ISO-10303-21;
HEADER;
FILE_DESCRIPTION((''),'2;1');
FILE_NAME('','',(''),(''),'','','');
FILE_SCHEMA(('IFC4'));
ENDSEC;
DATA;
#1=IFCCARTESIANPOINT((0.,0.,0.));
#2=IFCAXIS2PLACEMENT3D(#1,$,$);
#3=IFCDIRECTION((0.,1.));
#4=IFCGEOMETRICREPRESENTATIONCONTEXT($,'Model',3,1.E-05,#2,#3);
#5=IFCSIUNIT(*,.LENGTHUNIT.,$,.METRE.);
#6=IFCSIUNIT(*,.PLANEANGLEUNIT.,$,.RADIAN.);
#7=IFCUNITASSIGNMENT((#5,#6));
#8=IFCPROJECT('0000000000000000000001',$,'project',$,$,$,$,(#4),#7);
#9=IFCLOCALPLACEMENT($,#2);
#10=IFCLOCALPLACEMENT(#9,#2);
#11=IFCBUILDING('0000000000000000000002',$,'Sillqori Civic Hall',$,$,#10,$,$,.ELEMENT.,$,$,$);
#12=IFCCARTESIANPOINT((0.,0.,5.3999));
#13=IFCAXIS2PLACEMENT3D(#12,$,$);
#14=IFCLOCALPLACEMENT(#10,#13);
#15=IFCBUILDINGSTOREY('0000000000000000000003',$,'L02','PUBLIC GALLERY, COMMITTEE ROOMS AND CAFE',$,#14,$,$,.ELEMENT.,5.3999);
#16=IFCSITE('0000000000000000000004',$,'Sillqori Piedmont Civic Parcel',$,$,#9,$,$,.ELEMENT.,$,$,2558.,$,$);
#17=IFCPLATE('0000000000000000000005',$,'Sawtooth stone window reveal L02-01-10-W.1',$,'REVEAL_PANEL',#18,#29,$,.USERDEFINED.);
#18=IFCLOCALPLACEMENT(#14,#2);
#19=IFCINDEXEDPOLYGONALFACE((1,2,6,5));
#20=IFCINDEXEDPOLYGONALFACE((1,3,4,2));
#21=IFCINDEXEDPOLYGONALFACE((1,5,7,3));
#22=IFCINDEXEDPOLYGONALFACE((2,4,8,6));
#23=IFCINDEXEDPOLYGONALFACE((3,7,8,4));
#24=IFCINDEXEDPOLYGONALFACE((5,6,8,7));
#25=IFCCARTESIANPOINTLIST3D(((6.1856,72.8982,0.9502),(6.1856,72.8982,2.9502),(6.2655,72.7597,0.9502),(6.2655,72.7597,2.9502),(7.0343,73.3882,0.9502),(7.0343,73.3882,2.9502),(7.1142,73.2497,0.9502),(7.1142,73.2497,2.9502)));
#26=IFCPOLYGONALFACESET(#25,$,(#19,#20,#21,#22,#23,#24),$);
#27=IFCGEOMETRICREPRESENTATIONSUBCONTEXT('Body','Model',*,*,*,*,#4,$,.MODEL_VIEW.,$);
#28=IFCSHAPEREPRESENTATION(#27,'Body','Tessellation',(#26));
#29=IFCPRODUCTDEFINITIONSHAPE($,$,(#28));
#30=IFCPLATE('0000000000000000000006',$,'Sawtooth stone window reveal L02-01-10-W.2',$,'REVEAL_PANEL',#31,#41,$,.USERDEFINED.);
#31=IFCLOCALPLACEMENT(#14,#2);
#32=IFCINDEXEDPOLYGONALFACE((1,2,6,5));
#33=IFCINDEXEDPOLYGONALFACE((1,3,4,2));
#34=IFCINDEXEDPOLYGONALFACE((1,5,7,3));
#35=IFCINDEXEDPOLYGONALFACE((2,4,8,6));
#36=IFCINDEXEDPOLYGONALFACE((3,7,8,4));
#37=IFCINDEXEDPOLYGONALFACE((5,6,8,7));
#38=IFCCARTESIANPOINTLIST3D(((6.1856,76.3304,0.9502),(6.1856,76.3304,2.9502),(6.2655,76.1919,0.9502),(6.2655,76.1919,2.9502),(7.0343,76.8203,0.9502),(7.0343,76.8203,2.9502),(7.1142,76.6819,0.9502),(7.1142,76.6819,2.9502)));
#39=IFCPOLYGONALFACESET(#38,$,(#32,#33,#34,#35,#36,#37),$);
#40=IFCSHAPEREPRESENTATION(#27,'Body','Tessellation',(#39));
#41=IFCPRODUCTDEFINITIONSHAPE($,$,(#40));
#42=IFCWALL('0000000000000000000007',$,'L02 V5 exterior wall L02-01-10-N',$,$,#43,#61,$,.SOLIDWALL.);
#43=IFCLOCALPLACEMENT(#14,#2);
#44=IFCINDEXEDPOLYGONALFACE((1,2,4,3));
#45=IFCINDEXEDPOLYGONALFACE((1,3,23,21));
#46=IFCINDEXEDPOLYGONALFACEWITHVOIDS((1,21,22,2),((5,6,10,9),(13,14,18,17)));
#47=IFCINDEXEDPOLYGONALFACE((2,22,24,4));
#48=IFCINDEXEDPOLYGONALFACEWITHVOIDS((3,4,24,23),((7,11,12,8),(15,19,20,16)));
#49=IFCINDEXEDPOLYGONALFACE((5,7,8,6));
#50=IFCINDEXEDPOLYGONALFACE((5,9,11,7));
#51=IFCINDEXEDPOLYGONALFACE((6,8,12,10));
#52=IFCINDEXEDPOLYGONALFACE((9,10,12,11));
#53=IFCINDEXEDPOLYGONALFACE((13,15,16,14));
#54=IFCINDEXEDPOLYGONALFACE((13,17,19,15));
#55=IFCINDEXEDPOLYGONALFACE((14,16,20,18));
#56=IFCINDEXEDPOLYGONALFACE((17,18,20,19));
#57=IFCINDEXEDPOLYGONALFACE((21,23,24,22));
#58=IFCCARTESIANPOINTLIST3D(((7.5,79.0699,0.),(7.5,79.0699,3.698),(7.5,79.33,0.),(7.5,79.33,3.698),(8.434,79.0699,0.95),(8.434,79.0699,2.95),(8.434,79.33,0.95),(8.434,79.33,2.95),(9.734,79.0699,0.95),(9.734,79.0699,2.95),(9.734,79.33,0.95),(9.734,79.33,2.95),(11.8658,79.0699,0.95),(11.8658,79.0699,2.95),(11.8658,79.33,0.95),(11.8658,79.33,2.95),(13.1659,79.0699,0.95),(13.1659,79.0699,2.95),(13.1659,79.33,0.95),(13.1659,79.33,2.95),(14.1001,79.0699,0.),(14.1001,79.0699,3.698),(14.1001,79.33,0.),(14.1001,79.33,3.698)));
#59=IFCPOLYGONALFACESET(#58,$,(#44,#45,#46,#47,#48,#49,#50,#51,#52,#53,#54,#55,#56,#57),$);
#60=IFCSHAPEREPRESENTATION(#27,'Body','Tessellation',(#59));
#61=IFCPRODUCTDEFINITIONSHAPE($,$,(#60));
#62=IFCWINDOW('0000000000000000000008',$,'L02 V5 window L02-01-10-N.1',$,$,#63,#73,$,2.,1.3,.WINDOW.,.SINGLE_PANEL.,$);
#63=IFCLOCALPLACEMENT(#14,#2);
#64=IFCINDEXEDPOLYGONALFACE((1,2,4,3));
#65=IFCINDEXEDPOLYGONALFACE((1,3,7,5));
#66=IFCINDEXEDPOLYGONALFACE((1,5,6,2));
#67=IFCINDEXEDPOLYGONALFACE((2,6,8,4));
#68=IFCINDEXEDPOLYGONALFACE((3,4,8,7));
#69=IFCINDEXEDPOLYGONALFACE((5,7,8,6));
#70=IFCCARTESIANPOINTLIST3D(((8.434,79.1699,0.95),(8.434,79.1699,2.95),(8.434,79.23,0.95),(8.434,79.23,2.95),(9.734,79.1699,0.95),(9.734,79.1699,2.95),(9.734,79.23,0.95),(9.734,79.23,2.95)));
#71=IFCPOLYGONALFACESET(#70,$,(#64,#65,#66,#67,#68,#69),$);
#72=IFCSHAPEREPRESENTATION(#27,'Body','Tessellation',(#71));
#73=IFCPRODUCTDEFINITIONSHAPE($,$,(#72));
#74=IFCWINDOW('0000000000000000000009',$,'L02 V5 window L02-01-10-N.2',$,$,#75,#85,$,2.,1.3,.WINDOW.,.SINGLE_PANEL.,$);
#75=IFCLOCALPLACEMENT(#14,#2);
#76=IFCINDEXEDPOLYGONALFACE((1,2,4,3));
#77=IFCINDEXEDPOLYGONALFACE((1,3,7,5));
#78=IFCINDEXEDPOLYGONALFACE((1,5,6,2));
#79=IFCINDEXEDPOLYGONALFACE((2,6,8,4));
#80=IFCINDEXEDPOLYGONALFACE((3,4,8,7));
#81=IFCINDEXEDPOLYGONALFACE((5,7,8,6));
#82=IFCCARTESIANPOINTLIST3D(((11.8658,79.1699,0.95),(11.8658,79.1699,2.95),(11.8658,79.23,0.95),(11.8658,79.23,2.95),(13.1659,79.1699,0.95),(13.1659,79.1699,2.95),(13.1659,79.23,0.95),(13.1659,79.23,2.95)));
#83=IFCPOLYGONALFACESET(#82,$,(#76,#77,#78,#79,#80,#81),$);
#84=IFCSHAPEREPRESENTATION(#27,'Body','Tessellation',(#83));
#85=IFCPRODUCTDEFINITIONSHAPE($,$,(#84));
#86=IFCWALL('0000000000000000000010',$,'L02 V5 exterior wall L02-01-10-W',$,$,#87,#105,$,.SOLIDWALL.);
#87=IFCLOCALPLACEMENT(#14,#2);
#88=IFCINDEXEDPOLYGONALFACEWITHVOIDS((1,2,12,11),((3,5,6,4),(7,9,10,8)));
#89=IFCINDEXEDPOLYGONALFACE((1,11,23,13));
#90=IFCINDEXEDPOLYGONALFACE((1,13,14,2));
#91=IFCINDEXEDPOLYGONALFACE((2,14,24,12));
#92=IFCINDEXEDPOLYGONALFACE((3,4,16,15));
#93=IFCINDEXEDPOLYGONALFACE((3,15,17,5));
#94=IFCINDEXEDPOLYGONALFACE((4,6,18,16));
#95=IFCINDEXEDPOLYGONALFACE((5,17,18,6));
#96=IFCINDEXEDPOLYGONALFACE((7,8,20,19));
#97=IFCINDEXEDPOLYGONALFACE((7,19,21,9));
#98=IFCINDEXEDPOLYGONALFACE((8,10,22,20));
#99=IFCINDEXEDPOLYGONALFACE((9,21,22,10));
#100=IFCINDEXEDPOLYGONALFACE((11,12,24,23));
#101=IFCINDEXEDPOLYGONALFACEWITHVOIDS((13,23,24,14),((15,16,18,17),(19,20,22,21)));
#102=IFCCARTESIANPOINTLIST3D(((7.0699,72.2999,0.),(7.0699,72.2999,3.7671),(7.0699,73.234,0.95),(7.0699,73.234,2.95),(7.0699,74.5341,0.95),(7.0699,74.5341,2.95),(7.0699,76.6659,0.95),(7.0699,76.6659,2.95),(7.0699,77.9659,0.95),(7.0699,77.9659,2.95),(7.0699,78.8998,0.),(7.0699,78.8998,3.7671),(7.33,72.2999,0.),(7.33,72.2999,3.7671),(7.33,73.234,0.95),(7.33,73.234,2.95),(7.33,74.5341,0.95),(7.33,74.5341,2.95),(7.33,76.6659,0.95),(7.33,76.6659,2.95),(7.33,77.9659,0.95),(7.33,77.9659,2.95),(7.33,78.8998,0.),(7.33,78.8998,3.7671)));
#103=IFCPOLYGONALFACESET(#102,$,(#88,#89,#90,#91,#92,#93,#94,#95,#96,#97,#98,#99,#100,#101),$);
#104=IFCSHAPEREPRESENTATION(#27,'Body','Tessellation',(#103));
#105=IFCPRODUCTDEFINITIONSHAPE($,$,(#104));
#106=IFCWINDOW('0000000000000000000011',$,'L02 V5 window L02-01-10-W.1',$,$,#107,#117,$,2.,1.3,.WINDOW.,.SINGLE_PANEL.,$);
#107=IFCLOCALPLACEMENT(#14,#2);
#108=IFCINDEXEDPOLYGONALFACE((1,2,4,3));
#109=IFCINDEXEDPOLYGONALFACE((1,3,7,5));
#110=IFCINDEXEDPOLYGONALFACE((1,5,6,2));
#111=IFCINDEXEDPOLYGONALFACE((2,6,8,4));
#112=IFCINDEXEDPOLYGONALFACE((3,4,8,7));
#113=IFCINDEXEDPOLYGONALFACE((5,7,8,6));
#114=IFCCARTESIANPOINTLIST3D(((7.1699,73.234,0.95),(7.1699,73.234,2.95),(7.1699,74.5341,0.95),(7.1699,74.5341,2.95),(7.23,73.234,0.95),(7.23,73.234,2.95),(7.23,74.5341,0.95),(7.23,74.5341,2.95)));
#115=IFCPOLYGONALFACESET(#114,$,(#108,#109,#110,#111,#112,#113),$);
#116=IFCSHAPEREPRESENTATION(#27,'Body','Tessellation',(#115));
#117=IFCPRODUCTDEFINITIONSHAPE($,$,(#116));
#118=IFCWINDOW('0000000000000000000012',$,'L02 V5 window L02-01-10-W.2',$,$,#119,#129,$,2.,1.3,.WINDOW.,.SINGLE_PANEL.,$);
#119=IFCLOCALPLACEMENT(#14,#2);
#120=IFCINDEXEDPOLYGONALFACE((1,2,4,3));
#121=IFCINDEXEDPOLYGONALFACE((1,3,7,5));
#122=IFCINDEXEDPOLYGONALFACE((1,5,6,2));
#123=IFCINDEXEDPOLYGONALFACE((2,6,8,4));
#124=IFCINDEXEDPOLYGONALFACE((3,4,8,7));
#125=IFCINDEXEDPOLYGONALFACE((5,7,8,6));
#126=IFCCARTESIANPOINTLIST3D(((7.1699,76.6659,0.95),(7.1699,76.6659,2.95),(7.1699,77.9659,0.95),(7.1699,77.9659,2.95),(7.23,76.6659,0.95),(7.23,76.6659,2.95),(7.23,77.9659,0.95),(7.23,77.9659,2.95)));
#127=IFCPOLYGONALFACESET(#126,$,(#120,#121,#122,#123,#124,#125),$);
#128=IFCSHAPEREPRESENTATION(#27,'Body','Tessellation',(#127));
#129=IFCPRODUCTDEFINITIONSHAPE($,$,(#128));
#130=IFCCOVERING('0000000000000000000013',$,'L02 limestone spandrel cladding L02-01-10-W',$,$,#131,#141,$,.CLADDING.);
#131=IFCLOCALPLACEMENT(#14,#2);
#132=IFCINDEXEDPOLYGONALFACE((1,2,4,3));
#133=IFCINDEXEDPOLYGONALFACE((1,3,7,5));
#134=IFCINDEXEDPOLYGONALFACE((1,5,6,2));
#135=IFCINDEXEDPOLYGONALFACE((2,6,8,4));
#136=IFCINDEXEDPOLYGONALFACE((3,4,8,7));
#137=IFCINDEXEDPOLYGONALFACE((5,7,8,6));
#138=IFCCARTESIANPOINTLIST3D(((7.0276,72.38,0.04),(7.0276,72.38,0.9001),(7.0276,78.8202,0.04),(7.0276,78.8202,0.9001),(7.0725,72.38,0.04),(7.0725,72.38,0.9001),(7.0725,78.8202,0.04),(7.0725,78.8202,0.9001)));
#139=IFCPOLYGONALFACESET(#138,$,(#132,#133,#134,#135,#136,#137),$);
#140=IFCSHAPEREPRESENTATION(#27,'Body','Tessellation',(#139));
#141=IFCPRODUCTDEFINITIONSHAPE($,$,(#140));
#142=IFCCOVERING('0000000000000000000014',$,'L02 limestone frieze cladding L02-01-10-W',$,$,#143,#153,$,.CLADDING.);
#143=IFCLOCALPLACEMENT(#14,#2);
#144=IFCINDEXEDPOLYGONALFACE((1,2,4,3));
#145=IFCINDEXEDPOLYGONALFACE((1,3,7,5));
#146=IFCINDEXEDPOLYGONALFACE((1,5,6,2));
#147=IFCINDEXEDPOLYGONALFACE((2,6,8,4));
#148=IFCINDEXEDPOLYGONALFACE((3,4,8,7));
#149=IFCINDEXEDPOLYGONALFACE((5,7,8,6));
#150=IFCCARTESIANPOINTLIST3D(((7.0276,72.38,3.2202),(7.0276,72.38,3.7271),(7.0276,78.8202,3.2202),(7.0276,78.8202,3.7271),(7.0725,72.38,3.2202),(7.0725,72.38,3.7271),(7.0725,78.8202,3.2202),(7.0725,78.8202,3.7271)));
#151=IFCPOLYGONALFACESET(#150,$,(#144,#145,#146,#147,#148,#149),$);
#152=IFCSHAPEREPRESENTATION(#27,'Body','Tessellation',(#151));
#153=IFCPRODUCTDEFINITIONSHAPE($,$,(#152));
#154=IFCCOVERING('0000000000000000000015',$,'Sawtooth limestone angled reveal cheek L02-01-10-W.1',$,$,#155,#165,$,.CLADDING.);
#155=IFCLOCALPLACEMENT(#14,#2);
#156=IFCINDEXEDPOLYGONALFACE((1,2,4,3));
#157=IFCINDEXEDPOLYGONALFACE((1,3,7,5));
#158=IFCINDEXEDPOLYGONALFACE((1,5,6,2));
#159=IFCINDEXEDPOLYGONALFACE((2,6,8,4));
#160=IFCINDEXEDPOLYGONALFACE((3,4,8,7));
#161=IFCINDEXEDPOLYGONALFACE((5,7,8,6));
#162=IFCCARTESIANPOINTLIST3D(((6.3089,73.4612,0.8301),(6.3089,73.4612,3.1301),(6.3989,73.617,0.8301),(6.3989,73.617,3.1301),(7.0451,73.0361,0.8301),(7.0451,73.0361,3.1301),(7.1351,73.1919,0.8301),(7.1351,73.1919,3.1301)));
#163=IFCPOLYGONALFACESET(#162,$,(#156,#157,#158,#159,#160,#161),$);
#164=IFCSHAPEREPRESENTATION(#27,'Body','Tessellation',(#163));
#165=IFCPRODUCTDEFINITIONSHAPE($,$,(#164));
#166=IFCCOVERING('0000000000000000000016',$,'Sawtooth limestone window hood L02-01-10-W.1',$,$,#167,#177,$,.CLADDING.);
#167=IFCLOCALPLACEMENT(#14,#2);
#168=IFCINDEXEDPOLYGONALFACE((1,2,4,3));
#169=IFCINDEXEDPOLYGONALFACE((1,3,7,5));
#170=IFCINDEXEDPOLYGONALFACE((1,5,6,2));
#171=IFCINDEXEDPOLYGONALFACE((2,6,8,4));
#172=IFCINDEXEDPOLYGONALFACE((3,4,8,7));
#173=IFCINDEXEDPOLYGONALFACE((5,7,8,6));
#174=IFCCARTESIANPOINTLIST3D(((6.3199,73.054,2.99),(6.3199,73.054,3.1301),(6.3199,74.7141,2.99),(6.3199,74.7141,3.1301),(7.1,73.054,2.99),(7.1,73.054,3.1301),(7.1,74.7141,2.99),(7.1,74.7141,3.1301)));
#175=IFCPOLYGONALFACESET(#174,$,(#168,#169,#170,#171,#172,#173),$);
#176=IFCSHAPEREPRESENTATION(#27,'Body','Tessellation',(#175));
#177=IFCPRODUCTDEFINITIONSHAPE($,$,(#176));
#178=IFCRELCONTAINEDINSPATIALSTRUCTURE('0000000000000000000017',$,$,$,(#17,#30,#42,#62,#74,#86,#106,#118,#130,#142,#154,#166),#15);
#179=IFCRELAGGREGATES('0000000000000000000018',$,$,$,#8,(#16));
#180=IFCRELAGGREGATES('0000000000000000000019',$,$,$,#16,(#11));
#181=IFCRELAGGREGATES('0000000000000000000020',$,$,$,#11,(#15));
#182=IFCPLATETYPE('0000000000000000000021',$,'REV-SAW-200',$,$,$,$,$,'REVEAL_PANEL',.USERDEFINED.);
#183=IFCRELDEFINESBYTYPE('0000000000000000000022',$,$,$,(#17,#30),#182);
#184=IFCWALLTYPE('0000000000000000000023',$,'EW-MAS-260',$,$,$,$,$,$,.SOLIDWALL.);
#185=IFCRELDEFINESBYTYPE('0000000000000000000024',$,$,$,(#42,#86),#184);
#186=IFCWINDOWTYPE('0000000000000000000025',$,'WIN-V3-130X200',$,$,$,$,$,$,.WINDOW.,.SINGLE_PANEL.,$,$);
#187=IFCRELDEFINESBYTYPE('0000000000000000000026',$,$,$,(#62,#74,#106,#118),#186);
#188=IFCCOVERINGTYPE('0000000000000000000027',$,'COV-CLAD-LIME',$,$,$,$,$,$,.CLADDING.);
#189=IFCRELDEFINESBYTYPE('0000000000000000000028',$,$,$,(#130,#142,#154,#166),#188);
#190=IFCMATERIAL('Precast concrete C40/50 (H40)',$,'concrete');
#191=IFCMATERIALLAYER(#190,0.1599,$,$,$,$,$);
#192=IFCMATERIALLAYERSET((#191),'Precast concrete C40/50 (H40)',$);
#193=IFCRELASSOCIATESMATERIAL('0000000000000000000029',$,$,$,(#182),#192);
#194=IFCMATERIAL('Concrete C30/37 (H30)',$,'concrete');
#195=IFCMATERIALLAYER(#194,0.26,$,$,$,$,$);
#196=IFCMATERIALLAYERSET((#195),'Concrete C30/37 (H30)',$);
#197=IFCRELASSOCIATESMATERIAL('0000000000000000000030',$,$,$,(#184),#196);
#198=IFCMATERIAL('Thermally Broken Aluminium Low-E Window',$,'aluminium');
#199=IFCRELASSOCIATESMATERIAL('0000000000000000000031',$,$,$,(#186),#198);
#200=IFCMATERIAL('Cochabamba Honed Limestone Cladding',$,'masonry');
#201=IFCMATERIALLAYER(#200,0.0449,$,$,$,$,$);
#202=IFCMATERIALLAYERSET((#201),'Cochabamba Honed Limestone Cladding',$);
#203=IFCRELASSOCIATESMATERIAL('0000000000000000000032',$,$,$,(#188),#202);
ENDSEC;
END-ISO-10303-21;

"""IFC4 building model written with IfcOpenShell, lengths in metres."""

from ifc_helpers import new_model, si_unit, direction, frame, frame_2d, origin, origin_2d, place, context, subcontext, project, spatial, rectangle, extrude, material, layer, layer_set, type_object, element, fill, save


model = new_model("IFC4")

# Units and contexts
model_context = context("Model", 3, precision=1e-05, world=origin(), true_north=direction((0.0, 1.0)))
body_context = subcontext(model_context, "Body", "Model", "MODEL_VIEW")
ifc_project = project(units=[si_unit("LENGTHUNIT", "METRE"), si_unit("PLANEANGLEUNIT", "RADIAN")], contexts=[model_context])

# Site, building, storey
site_placement = place(None, origin())
site = spatial("IfcSite", under=ifc_project, at=site_placement, Name="Sillqori Piedmont Civic Parcel", CompositionType="ELEMENT", RefElevation=2558.0)
building_placement = place(site_placement, origin())
building = spatial("IfcBuilding", under=site, at=building_placement, Name="Sillqori Civic Hall", CompositionType="ELEMENT")
storey_placement = place(building_placement, frame((0.0, 0.0, 5.3999)))
storey = spatial("IfcBuildingStorey", under=building, at=storey_placement, Name="L02", Description="PUBLIC GALLERY, COMMITTEE ROOMS AND CAFE", CompositionType="ELEMENT", Elevation=5.3999)

# Plates
ifc_material_1 = material(Name="Precast concrete C40/50 (H40)", Category="concrete")
ifc_layer_1 = layer(ifc_material_1, 0.1599)
ifc_layer_set_1 = layer_set([ifc_layer_1], Name="Precast concrete C40/50 (H40)")
plate_type_1 = type_object("IfcPlateType", Name="REV-SAW-200", ElementType="REVEAL_PANEL", PredefinedType="USERDEFINED", material=ifc_layer_set_1)
for number, where, z_axis, x_axis, name in (
    (1, (6.6499, 73.074, 0.9502), (0.0, 0.0, 1.0), (-0.5, 0.866025, 0.0), "Sawtooth stone window reveal L02-01-10-W.1"),
    (2, (6.6499, 76.5061, 0.9502), (0.0, 0.0, 1.0), (-0.5, 0.866025, 0.0), "Sawtooth stone window reveal L02-01-10-W.2"),
):
    element("IfcPlate", number, at=place(storey_placement, frame(where, z_axis=z_axis, x_axis=x_axis)), inside=storey, type_object=plate_type_1, Name=name, ObjectType="REVEAL_PANEL", PredefinedType="USERDEFINED", context=body_context, shape_type="SweptSolid", body=[
        extrude(rectangle(XDim=0.1599, YDim=0.98, at=origin_2d()), origin(), (0.0, 0.0, 1.0), 2.0),
    ])

# Walls, openings, windows
ifc_material_2 = material(Name="Concrete C30/37 (H30)", Category="concrete")
ifc_layer_2 = layer(ifc_material_2, 0.26)
ifc_layer_set_2 = layer_set([ifc_layer_2], Name="Concrete C30/37 (H30)")
wall_type = type_object("IfcWallType", Name="EW-MAS-260", PredefinedType="SOLIDWALL", material=ifc_layer_set_2)
wall_1_placement = place(storey_placement, frame((7.5, 79.2, 0.0), z_axis=(0.0, 0.0, 1.0), x_axis=(1.0, 0.0, 0.0)))
wall_1 = element("IfcWall", 3, at=wall_1_placement, inside=storey, type_object=wall_type, Name="L02 V5 exterior wall L02-01-10-N", PredefinedType="SOLIDWALL", context=body_context, shape_type="SweptSolid", body=[
    extrude(rectangle(XDim=6.6001, YDim=0.26, at=frame_2d((3.3, 0.0))), origin(), (0.0, 0.0, 1.0), 3.698),
])
opening_1_placement = place(wall_1_placement, frame((0.9341, 0.0, 0.95)))
opening_1 = element("IfcOpeningElement", 4, at=opening_1_placement, cuts=wall_1, PredefinedType="OPENING", context=body_context, shape_type="SweptSolid", body=[
    extrude(rectangle(XDim=1.3, YDim=2.0, at=frame_2d((0.6499, 1.0))), frame((0.0, 0.1399, 0.0), z_axis=(0.0, -1.0, 0.0), x_axis=(1.0, 0.0, 0.0)), (0.0, 0.0, 1.0), 0.28),
])
opening_2_placement = place(wall_1_placement, frame((4.366, 0.0, 0.95)))
opening_2 = element("IfcOpeningElement", 5, at=opening_2_placement, cuts=wall_1, PredefinedType="OPENING", context=body_context, shape_type="SweptSolid", body=[
    extrude(rectangle(XDim=1.3, YDim=2.0, at=frame_2d((0.6499, 1.0))), frame((0.0, 0.1399, 0.0), z_axis=(0.0, -1.0, 0.0), x_axis=(1.0, 0.0, 0.0)), (0.0, 0.0, 1.0), 0.28),
])
ifc_material_3 = material(Name="Thermally Broken Aluminium Low-E Window", Category="aluminium")
window_type = type_object("IfcWindowType", Name="WIN-V3-130X200", PartitioningType="SINGLE_PANEL", PredefinedType="WINDOW", material=ifc_material_3)
window_1_placement = place(opening_1_placement, origin())
window_1 = element("IfcWindow", 6, at=window_1_placement, inside=storey, type_object=window_type, Name="L02 V5 window L02-01-10-N.1", OverallHeight=2.0, OverallWidth=1.3, PartitioningType="SINGLE_PANEL", PredefinedType="WINDOW", context=body_context, shape_type="SweptSolid", body=[
    extrude(rectangle(XDim=1.3, YDim=2.0, at=frame_2d((0.6499, 1.0))), frame((0.0, 0.03, 0.0), z_axis=(0.0, -1.0, 0.0), x_axis=(1.0, 0.0, 0.0)), (0.0, 0.0, 1.0), 0.0601),
])
fill(opening_1, window_1)
window_2_placement = place(opening_2_placement, origin())
window_2 = element("IfcWindow", 7, at=window_2_placement, inside=storey, type_object=window_type, Name="L02 V5 window L02-01-10-N.2", OverallHeight=2.0, OverallWidth=1.3, PartitioningType="SINGLE_PANEL", PredefinedType="WINDOW", context=body_context, shape_type="SweptSolid", body=[
    extrude(rectangle(XDim=1.3, YDim=2.0, at=frame_2d((0.6499, 1.0))), frame((0.0, 0.03, 0.0), z_axis=(0.0, -1.0, 0.0), x_axis=(1.0, 0.0, 0.0)), (0.0, 0.0, 1.0), 0.0601),
])
fill(opening_2, window_2)
wall_2_placement = place(storey_placement, frame((7.2, 72.3, 0.0), z_axis=(0.0, 0.0, 1.0), x_axis=(0.0, 1.0, 0.0)))
wall_2 = element("IfcWall", 8, at=wall_2_placement, inside=storey, type_object=wall_type, Name="L02 V5 exterior wall L02-01-10-W", PredefinedType="SOLIDWALL", context=body_context, shape_type="SweptSolid", body=[
    extrude(rectangle(XDim=6.5999, YDim=0.26, at=frame_2d((3.2998, 0.0))), origin(), (0.0, 0.0, 1.0), 3.7671),
])
opening_3_placement = place(wall_2_placement, frame((0.9341, 0.0, 0.95)))
opening_3 = element("IfcOpeningElement", 9, at=opening_3_placement, cuts=wall_2, PredefinedType="OPENING", context=body_context, shape_type="SweptSolid", body=[
    extrude(rectangle(XDim=1.3, YDim=2.0, at=frame_2d((0.6499, 1.0))), frame((0.0, 0.1399, 0.0), z_axis=(0.0, -1.0, 0.0), x_axis=(1.0, 0.0, 0.0)), (0.0, 0.0, 1.0), 0.28),
])
opening_4_placement = place(wall_2_placement, frame((4.366, 0.0, 0.95)))
opening_4 = element("IfcOpeningElement", 10, at=opening_4_placement, cuts=wall_2, PredefinedType="OPENING", context=body_context, shape_type="SweptSolid", body=[
    extrude(rectangle(XDim=1.3, YDim=2.0, at=frame_2d((0.6499, 1.0))), frame((0.0, 0.1399, 0.0), z_axis=(0.0, -1.0, 0.0), x_axis=(1.0, 0.0, 0.0)), (0.0, 0.0, 1.0), 0.28),
])
window_3_placement = place(opening_3_placement, origin())
window_3 = element("IfcWindow", 11, at=window_3_placement, inside=storey, type_object=window_type, Name="L02 V5 window L02-01-10-W.1", OverallHeight=2.0, OverallWidth=1.3, PartitioningType="SINGLE_PANEL", PredefinedType="WINDOW", context=body_context, shape_type="SweptSolid", body=[
    extrude(rectangle(XDim=1.3, YDim=2.0, at=frame_2d((0.6499, 1.0))), frame((0.0, 0.03, 0.0), z_axis=(0.0, -1.0, 0.0), x_axis=(1.0, 0.0, 0.0)), (0.0, 0.0, 1.0), 0.0601),
])
fill(opening_3, window_3)
window_4_placement = place(opening_4_placement, origin())
window_4 = element("IfcWindow", 12, at=window_4_placement, inside=storey, type_object=window_type, Name="L02 V5 window L02-01-10-W.2", OverallHeight=2.0, OverallWidth=1.3, PartitioningType="SINGLE_PANEL", PredefinedType="WINDOW", context=body_context, shape_type="SweptSolid", body=[
    extrude(rectangle(XDim=1.3, YDim=2.0, at=frame_2d((0.6499, 1.0))), frame((0.0, 0.03, 0.0), z_axis=(0.0, -1.0, 0.0), x_axis=(1.0, 0.0, 0.0)), (0.0, 0.0, 1.0), 0.0601),
])
fill(opening_4, window_4)

# Coverings
ifc_material_4 = material(Name="Cochabamba Honed Limestone Cladding", Category="masonry")
ifc_layer_3 = layer(ifc_material_4, 0.0449)
ifc_layer_set_3 = layer_set([ifc_layer_3], Name="Cochabamba Honed Limestone Cladding")
covering_type = type_object("IfcCoveringType", Name="COV-CLAD-LIME", PredefinedType="CLADDING", material=ifc_layer_set_3)
covering_1_placement = place(storey_placement, frame((7.05, 72.3799, 0.04), z_axis=(0.0, 0.0, 1.0), x_axis=(0.0, 1.0, 0.0)))
element("IfcCovering", 13, at=covering_1_placement, inside=storey, type_object=covering_type, Name="L02 limestone spandrel cladding L02-01-10-W", PredefinedType="CLADDING", context=body_context, shape_type="SweptSolid", body=[
    extrude(rectangle(XDim=6.4402, YDim=0.0449, at=frame_2d((3.2202, 0.0))), origin(), (0.0, 0.0, 1.0), 0.8601),
])
covering_2_placement = place(storey_placement, frame((7.05, 72.3799, 3.2202), z_axis=(0.0, 0.0, 1.0), x_axis=(0.0, 1.0, 0.0)))
element("IfcCovering", 14, at=covering_2_placement, inside=storey, type_object=covering_type, Name="L02 limestone frieze cladding L02-01-10-W", PredefinedType="CLADDING", context=body_context, shape_type="SweptSolid", body=[
    extrude(rectangle(XDim=6.4402, YDim=0.0449, at=frame_2d((3.2202, 0.0))), origin(), (0.0, 0.0, 1.0), 0.5068),
])
covering_3_placement = place(storey_placement, frame((7.0901, 73.114, 0.8301), z_axis=(0.0, 0.0, 1.0), x_axis=(-0.865989, 0.500062, 0.0)))
element("IfcCovering", 15, at=covering_3_placement, inside=storey, type_object=covering_type, Name="Sawtooth limestone angled reveal cheek L02-01-10-W.1", PredefinedType="CLADDING", context=body_context, shape_type="SweptSolid", body=[
    extrude(rectangle(XDim=0.8501, YDim=0.1799, at=frame_2d((0.425, 0.0))), origin(), (0.0, 0.0, 1.0), 2.3),
])
covering_4_placement = place(storey_placement, frame((6.71, 73.054, 2.99), z_axis=(0.0, 0.0, 1.0), x_axis=(0.0, 1.0, 0.0)))
element("IfcCovering", 16, at=covering_4_placement, inside=storey, type_object=covering_type, Name="Sawtooth limestone window hood L02-01-10-W.1", PredefinedType="CLADDING", context=body_context, shape_type="SweptSolid", body=[
    extrude(rectangle(XDim=1.6602, YDim=0.78, at=frame_2d((0.8301, 0.0))), origin(), (0.0, 0.0, 1.0), 0.1401),
])

save(model, "model.ifc")
